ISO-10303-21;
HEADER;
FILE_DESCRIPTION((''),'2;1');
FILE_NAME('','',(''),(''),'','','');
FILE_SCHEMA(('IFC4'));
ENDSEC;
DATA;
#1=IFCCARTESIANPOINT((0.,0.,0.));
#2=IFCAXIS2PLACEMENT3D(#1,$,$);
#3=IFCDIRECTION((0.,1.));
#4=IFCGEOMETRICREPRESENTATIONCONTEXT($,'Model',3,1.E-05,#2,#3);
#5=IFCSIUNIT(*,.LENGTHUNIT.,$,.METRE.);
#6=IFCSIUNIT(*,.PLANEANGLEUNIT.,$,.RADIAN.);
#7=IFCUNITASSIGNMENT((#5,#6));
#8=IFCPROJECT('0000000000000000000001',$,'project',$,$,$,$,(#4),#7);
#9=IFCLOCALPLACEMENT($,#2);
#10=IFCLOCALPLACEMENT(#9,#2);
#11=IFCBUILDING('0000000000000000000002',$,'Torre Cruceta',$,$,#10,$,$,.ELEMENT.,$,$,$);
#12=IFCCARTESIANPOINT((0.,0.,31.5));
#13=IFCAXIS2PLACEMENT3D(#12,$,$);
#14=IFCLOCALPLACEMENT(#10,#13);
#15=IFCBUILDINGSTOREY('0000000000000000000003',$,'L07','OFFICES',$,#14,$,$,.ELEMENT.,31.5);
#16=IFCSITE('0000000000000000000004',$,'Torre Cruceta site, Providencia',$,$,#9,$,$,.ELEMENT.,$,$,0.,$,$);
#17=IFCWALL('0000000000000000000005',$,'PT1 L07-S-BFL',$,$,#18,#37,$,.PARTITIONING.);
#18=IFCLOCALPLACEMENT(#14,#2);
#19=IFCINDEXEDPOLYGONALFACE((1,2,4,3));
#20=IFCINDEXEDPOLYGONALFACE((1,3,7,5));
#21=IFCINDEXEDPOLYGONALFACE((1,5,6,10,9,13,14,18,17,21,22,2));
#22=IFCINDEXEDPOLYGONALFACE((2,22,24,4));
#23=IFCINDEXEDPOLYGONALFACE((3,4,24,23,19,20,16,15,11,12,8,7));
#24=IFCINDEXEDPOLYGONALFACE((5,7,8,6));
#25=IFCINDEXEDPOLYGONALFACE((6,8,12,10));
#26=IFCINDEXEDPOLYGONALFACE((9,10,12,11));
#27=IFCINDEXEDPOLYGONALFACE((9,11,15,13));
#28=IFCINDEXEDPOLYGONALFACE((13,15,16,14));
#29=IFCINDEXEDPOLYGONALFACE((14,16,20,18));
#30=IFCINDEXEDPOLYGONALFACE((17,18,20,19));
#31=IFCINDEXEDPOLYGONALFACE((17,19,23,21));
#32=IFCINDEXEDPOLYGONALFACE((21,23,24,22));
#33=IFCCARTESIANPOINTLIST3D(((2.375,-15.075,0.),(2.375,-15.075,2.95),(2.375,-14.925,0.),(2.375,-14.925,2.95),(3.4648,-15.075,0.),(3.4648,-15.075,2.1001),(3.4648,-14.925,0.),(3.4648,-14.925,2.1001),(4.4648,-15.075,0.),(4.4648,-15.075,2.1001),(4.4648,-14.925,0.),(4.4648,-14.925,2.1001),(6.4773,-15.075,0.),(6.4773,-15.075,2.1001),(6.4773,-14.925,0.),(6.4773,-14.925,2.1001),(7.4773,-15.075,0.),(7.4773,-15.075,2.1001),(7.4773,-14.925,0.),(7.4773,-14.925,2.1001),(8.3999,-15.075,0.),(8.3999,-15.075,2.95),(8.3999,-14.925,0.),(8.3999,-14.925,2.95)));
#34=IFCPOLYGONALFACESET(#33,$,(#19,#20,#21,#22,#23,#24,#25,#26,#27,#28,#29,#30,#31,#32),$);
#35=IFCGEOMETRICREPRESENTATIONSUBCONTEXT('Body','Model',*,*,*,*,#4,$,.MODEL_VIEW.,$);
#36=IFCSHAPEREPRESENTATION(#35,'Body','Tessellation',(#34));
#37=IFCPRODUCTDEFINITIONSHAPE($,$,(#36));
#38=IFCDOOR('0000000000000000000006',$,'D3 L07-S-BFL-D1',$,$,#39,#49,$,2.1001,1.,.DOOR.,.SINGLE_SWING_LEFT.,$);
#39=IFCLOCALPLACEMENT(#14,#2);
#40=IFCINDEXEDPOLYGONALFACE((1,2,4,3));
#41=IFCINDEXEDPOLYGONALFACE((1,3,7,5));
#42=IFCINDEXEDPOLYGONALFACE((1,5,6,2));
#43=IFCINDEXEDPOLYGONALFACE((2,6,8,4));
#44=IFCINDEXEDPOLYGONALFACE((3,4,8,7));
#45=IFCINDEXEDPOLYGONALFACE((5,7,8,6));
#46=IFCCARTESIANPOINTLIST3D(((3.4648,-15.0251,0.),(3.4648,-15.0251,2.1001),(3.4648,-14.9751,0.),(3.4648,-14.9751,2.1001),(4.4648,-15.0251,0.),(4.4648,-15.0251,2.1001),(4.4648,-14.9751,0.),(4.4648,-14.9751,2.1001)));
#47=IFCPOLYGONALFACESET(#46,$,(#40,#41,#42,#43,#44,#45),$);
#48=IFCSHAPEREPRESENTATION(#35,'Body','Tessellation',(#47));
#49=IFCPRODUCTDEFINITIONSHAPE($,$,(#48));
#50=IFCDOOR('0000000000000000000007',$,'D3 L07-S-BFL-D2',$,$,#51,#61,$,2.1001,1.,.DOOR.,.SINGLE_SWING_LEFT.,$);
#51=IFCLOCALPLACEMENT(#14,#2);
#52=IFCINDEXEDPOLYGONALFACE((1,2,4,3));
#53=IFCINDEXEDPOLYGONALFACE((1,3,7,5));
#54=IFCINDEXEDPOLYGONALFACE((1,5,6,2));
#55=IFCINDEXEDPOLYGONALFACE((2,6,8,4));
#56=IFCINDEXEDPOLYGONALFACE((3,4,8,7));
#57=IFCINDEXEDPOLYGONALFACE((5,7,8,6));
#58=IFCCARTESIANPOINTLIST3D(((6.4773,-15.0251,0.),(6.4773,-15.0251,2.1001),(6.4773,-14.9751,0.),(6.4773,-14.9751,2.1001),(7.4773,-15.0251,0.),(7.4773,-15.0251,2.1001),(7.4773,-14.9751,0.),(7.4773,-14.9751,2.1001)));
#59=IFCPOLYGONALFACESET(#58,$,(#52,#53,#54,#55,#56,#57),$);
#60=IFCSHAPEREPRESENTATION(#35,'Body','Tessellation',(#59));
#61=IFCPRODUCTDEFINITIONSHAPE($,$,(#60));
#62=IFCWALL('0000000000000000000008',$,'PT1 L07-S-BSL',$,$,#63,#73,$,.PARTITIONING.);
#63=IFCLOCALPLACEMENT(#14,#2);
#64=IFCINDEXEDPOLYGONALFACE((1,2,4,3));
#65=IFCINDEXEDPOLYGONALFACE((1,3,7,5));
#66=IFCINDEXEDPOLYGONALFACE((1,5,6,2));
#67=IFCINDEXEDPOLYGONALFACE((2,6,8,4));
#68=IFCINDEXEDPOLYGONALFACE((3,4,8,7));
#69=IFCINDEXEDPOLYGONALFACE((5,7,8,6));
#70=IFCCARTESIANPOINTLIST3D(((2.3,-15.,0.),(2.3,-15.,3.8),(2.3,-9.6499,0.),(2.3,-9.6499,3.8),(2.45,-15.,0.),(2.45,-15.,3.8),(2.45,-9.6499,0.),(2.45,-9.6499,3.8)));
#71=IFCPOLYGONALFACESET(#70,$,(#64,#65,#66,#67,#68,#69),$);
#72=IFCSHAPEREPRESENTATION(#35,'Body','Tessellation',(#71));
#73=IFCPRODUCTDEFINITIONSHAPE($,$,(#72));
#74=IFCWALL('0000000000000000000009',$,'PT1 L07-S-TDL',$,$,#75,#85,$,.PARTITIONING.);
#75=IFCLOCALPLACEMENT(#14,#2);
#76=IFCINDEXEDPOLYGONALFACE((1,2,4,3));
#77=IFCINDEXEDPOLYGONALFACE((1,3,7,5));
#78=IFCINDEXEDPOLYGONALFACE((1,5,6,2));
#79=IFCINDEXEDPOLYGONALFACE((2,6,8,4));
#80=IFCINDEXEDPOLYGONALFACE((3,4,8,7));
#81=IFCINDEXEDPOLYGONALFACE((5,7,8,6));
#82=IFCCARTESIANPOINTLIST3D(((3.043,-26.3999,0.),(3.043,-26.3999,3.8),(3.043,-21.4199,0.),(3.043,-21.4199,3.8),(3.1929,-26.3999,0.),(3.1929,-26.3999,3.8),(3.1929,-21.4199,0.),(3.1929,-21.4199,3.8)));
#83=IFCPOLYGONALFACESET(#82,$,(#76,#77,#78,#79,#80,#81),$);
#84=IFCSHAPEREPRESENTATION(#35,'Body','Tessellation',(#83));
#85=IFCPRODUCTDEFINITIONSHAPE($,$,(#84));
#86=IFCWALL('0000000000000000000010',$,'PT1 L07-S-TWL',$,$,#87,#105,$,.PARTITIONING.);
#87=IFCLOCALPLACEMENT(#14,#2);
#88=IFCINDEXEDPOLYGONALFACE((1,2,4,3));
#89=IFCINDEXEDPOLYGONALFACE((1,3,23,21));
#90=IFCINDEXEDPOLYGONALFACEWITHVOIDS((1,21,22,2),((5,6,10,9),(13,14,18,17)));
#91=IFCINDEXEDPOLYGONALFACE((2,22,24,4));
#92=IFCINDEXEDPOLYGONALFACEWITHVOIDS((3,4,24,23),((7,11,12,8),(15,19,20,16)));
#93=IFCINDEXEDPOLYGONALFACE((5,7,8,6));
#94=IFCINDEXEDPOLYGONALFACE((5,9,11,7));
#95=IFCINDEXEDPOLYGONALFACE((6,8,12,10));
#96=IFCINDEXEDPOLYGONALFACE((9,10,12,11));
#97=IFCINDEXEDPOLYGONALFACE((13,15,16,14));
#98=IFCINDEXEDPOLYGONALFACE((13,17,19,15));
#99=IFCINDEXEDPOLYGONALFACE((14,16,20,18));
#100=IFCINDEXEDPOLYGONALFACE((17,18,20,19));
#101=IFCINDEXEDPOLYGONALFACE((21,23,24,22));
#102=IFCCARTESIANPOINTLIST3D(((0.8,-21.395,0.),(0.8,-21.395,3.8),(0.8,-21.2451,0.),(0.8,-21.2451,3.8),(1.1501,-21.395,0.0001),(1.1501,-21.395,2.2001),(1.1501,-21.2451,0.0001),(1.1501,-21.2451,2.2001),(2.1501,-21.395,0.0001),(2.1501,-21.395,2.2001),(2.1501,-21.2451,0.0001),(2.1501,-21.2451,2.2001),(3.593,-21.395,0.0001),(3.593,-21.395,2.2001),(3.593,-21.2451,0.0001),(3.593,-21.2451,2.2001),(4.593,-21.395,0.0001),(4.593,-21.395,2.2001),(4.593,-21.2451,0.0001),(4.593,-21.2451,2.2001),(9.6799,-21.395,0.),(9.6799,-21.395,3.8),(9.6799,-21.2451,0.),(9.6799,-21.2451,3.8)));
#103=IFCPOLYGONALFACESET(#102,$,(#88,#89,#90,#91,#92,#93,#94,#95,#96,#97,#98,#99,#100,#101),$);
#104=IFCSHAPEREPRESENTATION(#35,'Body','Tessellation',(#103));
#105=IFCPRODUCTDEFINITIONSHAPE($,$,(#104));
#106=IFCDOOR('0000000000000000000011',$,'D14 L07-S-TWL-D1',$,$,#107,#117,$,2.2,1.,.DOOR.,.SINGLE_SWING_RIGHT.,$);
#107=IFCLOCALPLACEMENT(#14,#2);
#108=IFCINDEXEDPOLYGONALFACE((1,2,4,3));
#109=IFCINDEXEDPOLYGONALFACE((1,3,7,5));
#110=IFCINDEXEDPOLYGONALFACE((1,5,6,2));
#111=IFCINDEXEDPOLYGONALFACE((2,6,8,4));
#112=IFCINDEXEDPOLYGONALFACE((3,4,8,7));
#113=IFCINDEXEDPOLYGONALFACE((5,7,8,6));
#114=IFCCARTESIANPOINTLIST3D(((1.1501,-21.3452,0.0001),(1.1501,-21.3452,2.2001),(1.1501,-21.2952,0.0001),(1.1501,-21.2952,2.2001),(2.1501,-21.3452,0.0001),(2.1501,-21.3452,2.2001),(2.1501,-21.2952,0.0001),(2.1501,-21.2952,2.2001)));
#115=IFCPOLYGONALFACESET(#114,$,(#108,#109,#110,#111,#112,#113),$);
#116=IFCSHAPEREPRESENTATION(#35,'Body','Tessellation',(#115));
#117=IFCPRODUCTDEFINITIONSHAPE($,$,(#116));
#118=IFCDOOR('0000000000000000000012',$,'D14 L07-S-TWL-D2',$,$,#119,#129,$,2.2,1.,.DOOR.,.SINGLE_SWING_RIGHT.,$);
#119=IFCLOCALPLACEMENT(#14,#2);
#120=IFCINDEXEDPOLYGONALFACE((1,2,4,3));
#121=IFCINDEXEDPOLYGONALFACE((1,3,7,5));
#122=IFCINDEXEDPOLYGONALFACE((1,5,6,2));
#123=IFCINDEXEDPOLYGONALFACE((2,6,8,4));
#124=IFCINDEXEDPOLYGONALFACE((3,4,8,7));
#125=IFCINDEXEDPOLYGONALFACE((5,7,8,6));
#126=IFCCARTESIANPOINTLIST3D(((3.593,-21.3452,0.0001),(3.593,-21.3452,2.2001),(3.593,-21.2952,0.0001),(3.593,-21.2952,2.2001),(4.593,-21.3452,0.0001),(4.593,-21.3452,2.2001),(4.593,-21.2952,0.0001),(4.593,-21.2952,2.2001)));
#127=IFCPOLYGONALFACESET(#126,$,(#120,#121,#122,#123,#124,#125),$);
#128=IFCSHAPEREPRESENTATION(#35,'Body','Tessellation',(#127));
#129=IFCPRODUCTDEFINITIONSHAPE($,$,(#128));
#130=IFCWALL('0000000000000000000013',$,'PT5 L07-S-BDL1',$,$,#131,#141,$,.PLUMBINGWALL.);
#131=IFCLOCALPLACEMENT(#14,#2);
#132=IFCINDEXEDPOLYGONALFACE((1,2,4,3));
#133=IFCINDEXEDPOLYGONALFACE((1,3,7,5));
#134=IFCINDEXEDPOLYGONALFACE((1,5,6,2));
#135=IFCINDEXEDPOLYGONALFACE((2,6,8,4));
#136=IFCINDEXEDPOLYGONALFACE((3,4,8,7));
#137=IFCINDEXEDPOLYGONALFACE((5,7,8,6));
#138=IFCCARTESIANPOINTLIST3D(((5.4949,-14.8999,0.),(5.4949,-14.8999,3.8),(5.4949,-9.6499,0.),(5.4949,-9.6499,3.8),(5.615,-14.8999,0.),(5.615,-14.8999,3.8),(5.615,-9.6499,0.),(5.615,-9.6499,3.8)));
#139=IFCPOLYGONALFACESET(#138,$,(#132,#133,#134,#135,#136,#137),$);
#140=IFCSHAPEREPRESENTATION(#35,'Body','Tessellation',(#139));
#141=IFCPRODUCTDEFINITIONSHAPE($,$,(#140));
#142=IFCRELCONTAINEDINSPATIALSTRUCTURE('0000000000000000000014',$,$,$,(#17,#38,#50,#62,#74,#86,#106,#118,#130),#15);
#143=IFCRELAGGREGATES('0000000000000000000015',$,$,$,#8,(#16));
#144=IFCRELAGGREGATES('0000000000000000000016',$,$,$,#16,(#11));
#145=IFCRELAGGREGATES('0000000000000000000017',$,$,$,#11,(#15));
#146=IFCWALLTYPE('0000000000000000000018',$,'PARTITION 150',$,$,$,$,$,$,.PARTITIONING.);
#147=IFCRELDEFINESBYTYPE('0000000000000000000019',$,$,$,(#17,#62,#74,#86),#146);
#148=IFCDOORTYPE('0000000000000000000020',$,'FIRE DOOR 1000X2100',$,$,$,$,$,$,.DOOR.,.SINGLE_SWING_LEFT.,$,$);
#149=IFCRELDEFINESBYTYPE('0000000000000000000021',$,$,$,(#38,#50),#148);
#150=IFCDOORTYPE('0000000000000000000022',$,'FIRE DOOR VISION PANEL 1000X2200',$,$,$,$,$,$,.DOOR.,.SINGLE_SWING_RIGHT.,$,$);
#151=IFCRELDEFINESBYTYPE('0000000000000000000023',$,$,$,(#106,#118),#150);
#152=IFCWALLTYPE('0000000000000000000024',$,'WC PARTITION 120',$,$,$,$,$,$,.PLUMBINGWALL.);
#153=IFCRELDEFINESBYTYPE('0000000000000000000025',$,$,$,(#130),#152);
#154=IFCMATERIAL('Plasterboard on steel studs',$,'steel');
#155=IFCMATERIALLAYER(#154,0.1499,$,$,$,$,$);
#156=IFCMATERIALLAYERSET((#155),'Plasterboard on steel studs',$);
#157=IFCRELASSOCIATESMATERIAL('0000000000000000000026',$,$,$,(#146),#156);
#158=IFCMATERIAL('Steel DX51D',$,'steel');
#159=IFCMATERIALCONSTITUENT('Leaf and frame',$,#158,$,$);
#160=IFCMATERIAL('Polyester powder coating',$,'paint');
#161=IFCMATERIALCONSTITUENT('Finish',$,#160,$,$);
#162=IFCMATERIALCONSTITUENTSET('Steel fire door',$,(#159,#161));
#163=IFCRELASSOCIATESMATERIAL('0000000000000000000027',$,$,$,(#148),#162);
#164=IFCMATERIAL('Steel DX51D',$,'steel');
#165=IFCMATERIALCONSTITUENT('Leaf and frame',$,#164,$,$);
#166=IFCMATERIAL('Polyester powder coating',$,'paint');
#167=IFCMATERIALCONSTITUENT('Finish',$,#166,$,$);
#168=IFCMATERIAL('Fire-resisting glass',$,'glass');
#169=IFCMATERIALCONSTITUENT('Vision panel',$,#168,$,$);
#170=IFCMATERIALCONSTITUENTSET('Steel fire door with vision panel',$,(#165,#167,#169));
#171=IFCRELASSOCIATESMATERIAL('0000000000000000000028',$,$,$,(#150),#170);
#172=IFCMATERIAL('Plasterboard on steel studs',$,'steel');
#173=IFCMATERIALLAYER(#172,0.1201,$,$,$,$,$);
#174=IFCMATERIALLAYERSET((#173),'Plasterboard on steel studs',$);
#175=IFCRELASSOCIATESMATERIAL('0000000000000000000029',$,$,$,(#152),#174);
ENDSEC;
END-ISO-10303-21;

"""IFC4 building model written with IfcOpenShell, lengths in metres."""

from ifc_helpers import new_model, si_unit, direction, frame, frame_2d, origin, place, context, subcontext, project, spatial, rectangle, extrude, material, layer, layer_set, constituent, constituent_set, type_object, element, fill, save


model = new_model("IFC4")

# Units and contexts
model_context = context("Model", 3, precision=1e-05, world=origin(), true_north=direction((0.0, 1.0)))
body_context = subcontext(model_context, "Body", "Model", "MODEL_VIEW")
ifc_project = project(units=[si_unit("LENGTHUNIT", "METRE"), si_unit("PLANEANGLEUNIT", "RADIAN")], contexts=[model_context])

# Site, building, storey
site_placement = place(None, origin())
site = spatial("IfcSite", under=ifc_project, at=site_placement, Name="Torre Cruceta site, Providencia", CompositionType="ELEMENT", RefElevation=0.0)
building_placement = place(site_placement, origin())
building = spatial("IfcBuilding", under=site, at=building_placement, Name="Torre Cruceta", CompositionType="ELEMENT")
storey_placement = place(building_placement, frame((0.0, 0.0, 31.5)))
storey = spatial("IfcBuildingStorey", under=building, at=storey_placement, Name="L07", Description="OFFICES", CompositionType="ELEMENT", Elevation=31.5)

# Wall, openings, doors
ifc_material_1 = material(Name="Plasterboard on steel studs", Category="steel")
ifc_layer_1 = layer(ifc_material_1, 0.1499)
ifc_layer_set_1 = layer_set([ifc_layer_1], Name="Plasterboard on steel studs")
wall_type_1 = type_object("IfcWallType", Name="PARTITION 150", PredefinedType="PARTITIONING", material=ifc_layer_set_1)
wall_1_placement = place(storey_placement, frame((2.375, -15.0, 0.0), z_axis=(0.0, 0.0, 1.0), x_axis=(1.0, 0.0, 0.0)))
wall_1 = element("IfcWall", 1, at=wall_1_placement, inside=storey, type_object=wall_type_1, Name="PT1 L07-S-BFL", PredefinedType="PARTITIONING", context=body_context, shape_type="SweptSolid", body=[
    extrude(rectangle(XDim=6.0249, YDim=0.1499, at=frame_2d((3.0125, 0.0))), origin(), (0.0, 0.0, 1.0), 2.95),
])
opening_1_placement = place(wall_1_placement, frame((1.0898, 0.0, 0.0)))
opening_1 = element("IfcOpeningElement", 2, at=opening_1_placement, cuts=wall_1, PredefinedType="OPENING", context=body_context, shape_type="SweptSolid", body=[
    extrude(rectangle(XDim=1.0, YDim=2.1001, at=frame_2d((0.5, 1.05))), frame((0.0, 0.085, 0.0), z_axis=(0.0, -1.0, 0.0), x_axis=(1.0, 0.0, 0.0)), (0.0, 0.0, 1.0), 0.1699),
])
opening_2_placement = place(wall_1_placement, frame((4.1023, 0.0, 0.0)))
opening_2 = element("IfcOpeningElement", 3, at=opening_2_placement, cuts=wall_1, PredefinedType="OPENING", context=body_context, shape_type="SweptSolid", body=[
    extrude(rectangle(XDim=1.0, YDim=2.1001, at=frame_2d((0.5, 1.05))), frame((0.0, 0.085, 0.0), z_axis=(0.0, -1.0, 0.0), x_axis=(1.0, 0.0, 0.0)), (0.0, 0.0, 1.0), 0.1699),
])
ifc_material_2 = material(Name="Steel DX51D", Category="steel")
ifc_constituent_1 = constituent(ifc_material_2, Name="Leaf and frame")
ifc_material_3 = material(Name="Polyester powder coating", Category="paint")
ifc_constituent_2 = constituent(ifc_material_3, Name="Finish")
ifc_constituent_set_1 = constituent_set(constituents=[ifc_constituent_1, ifc_constituent_2], Name="Steel fire door")
door_type_1 = type_object("IfcDoorType", Name="FIRE DOOR 1000X2100", OperationType="SINGLE_SWING_LEFT", PredefinedType="DOOR", material=ifc_constituent_set_1)
door_1_placement = place(opening_1_placement, origin())
door_1 = element("IfcDoor", 4, at=door_1_placement, inside=storey, type_object=door_type_1, Name="D3 L07-S-BFL-D1", OperationType="SINGLE_SWING_LEFT", OverallHeight=2.1001, OverallWidth=1.0, PredefinedType="DOOR", context=body_context, shape_type="SweptSolid", body=[
    extrude(rectangle(XDim=1.0, YDim=2.1001, at=frame_2d((0.5, 1.05))), frame((0.0, 0.0249, 0.0), z_axis=(0.0, -1.0, 0.0), x_axis=(1.0, 0.0, 0.0)), (0.0, 0.0, 1.0), 0.05),
])
fill(opening_1, door_1)
door_2_placement = place(opening_2_placement, origin())
door_2 = element("IfcDoor", 5, at=door_2_placement, inside=storey, type_object=door_type_1, Name="D3 L07-S-BFL-D2", OperationType="SINGLE_SWING_LEFT", OverallHeight=2.1001, OverallWidth=1.0, PredefinedType="DOOR", context=body_context, shape_type="SweptSolid", body=[
    extrude(rectangle(XDim=1.0, YDim=2.1001, at=frame_2d((0.5, 1.05))), frame((0.0, 0.0249, 0.0), z_axis=(0.0, -1.0, 0.0), x_axis=(1.0, 0.0, 0.0)), (0.0, 0.0, 1.0), 0.05),
])
fill(opening_2, door_2)

# Walls
wall_2_placement = place(storey_placement, frame((2.375, -9.6499, 0.0), z_axis=(0.0, 0.0, 1.0), x_axis=(0.0, -1.0, 0.0)))
element("IfcWall", 6, at=wall_2_placement, inside=storey, type_object=wall_type_1, Name="PT1 L07-S-BSL", PredefinedType="PARTITIONING", context=body_context, shape_type="SweptSolid", body=[
    extrude(rectangle(XDim=5.3501, YDim=0.1499, at=frame_2d((2.675, 0.0))), origin(), (0.0, 0.0, 1.0), 3.8),
])
wall_3_placement = place(storey_placement, frame((3.1179, -21.4199, 0.0), z_axis=(0.0, 0.0, 1.0), x_axis=(0.0, -1.0, 0.0)))
element("IfcWall", 7, at=wall_3_placement, inside=storey, type_object=wall_type_1, Name="PT1 L07-S-TDL", PredefinedType="PARTITIONING", context=body_context, shape_type="SweptSolid", body=[
    extrude(rectangle(XDim=4.98, YDim=0.1499, at=frame_2d((2.49, 0.0))), origin(), (0.0, 0.0, 1.0), 3.8),
])

# Wall, openings, doors
wall_4_placement = place(storey_placement, frame((0.8, -21.3201, 0.0), z_axis=(0.0, 0.0, 1.0), x_axis=(1.0, 0.0, 0.0)))
wall_4 = element("IfcWall", 8, at=wall_4_placement, inside=storey, type_object=wall_type_1, Name="PT1 L07-S-TWL", PredefinedType="PARTITIONING", context=body_context, shape_type="SweptSolid", body=[
    extrude(rectangle(XDim=8.8799, YDim=0.1499, at=frame_2d((4.4399, 0.0))), origin(), (0.0, 0.0, 1.0), 3.8),
])
opening_3_placement = place(wall_4_placement, frame((0.3501, 0.0, 0.0)))
opening_3 = element("IfcOpeningElement", 9, at=opening_3_placement, cuts=wall_4, PredefinedType="OPENING", context=body_context, shape_type="SweptSolid", body=[
    extrude(rectangle(XDim=1.0, YDim=2.2, at=frame_2d((0.5, 1.1001))), frame((0.0, 0.085, 0.0), z_axis=(0.0, -1.0, 0.0), x_axis=(1.0, 0.0, 0.0)), (0.0, 0.0, 1.0), 0.1699),
])
opening_4_placement = place(wall_4_placement, frame((2.793, 0.0, 0.0)))
opening_4 = element("IfcOpeningElement", 10, at=opening_4_placement, cuts=wall_4, PredefinedType="OPENING", context=body_context, shape_type="SweptSolid", body=[
    extrude(rectangle(XDim=1.0, YDim=2.2, at=frame_2d((0.5, 1.1001))), frame((0.0, 0.085, 0.0), z_axis=(0.0, -1.0, 0.0), x_axis=(1.0, 0.0, 0.0)), (0.0, 0.0, 1.0), 0.1699),
])
ifc_material_4 = material(Name="Steel DX51D", Category="steel")
ifc_constituent_3 = constituent(ifc_material_4, Name="Leaf and frame")
ifc_material_5 = material(Name="Polyester powder coating", Category="paint")
ifc_constituent_4 = constituent(ifc_material_5, Name="Finish")
ifc_material_6 = material(Name="Fire-resisting glass", Category="glass")
ifc_constituent_5 = constituent(ifc_material_6, Name="Vision panel")
ifc_constituent_set_2 = constituent_set(constituents=[ifc_constituent_3, ifc_constituent_4, ifc_constituent_5], Name="Steel fire door with vision panel")
door_type_2 = type_object("IfcDoorType", Name="FIRE DOOR VISION PANEL 1000X2200", OperationType="SINGLE_SWING_RIGHT", PredefinedType="DOOR", material=ifc_constituent_set_2)
door_3_placement = place(opening_3_placement, frame((1.0, 0.0, 0.0), z_axis=(0.0, 0.0, 1.0), x_axis=(-1.0, 0.0, 0.0)))
door_3 = element("IfcDoor", 11, at=door_3_placement, inside=storey, type_object=door_type_2, Name="D14 L07-S-TWL-D1", OperationType="SINGLE_SWING_RIGHT", OverallHeight=2.2, OverallWidth=1.0, PredefinedType="DOOR", context=body_context, shape_type="SweptSolid", body=[
    extrude(rectangle(XDim=1.0, YDim=2.2, at=frame_2d((0.5, 1.1001))), frame((0.0, 0.0251, 0.0), z_axis=(0.0, -1.0, 0.0), x_axis=(1.0, 0.0, 0.0)), (0.0, 0.0, 1.0), 0.05),
])
fill(opening_3, door_3)
door_4_placement = place(opening_4_placement, frame((1.0, 0.0, 0.0), z_axis=(0.0, 0.0, 1.0), x_axis=(-1.0, 0.0, 0.0)))
door_4 = element("IfcDoor", 12, at=door_4_placement, inside=storey, type_object=door_type_2, Name="D14 L07-S-TWL-D2", OperationType="SINGLE_SWING_RIGHT", OverallHeight=2.2, OverallWidth=1.0, PredefinedType="DOOR", context=body_context, shape_type="SweptSolid", body=[
    extrude(rectangle(XDim=1.0, YDim=2.2, at=frame_2d((0.5, 1.1001))), frame((0.0, 0.0251, 0.0), z_axis=(0.0, -1.0, 0.0), x_axis=(1.0, 0.0, 0.0)), (0.0, 0.0, 1.0), 0.05),
])
fill(opening_4, door_4)

# Wall
ifc_material_7 = material(Name="Plasterboard on steel studs", Category="steel")
ifc_layer_2 = layer(ifc_material_7, 0.1201)
ifc_layer_set_2 = layer_set([ifc_layer_2], Name="Plasterboard on steel studs")
wall_type_2 = type_object("IfcWallType", Name="WC PARTITION 120", PredefinedType="PLUMBINGWALL", material=ifc_layer_set_2)
wall_5_placement = place(storey_placement, frame((5.5549, -9.6499, 0.0), z_axis=(0.0, 0.0, 1.0), x_axis=(0.0, -1.0, 0.0)))
element("IfcWall", 13, at=wall_5_placement, inside=storey, type_object=wall_type_2, Name="PT5 L07-S-BDL1", PredefinedType="PLUMBINGWALL", context=body_context, shape_type="SweptSolid", body=[
    extrude(rectangle(XDim=5.25, YDim=0.1201, at=frame_2d((2.625, 0.0))), origin(), (0.0, 0.0, 1.0), 3.8),
])

save(model, "model.ifc")
